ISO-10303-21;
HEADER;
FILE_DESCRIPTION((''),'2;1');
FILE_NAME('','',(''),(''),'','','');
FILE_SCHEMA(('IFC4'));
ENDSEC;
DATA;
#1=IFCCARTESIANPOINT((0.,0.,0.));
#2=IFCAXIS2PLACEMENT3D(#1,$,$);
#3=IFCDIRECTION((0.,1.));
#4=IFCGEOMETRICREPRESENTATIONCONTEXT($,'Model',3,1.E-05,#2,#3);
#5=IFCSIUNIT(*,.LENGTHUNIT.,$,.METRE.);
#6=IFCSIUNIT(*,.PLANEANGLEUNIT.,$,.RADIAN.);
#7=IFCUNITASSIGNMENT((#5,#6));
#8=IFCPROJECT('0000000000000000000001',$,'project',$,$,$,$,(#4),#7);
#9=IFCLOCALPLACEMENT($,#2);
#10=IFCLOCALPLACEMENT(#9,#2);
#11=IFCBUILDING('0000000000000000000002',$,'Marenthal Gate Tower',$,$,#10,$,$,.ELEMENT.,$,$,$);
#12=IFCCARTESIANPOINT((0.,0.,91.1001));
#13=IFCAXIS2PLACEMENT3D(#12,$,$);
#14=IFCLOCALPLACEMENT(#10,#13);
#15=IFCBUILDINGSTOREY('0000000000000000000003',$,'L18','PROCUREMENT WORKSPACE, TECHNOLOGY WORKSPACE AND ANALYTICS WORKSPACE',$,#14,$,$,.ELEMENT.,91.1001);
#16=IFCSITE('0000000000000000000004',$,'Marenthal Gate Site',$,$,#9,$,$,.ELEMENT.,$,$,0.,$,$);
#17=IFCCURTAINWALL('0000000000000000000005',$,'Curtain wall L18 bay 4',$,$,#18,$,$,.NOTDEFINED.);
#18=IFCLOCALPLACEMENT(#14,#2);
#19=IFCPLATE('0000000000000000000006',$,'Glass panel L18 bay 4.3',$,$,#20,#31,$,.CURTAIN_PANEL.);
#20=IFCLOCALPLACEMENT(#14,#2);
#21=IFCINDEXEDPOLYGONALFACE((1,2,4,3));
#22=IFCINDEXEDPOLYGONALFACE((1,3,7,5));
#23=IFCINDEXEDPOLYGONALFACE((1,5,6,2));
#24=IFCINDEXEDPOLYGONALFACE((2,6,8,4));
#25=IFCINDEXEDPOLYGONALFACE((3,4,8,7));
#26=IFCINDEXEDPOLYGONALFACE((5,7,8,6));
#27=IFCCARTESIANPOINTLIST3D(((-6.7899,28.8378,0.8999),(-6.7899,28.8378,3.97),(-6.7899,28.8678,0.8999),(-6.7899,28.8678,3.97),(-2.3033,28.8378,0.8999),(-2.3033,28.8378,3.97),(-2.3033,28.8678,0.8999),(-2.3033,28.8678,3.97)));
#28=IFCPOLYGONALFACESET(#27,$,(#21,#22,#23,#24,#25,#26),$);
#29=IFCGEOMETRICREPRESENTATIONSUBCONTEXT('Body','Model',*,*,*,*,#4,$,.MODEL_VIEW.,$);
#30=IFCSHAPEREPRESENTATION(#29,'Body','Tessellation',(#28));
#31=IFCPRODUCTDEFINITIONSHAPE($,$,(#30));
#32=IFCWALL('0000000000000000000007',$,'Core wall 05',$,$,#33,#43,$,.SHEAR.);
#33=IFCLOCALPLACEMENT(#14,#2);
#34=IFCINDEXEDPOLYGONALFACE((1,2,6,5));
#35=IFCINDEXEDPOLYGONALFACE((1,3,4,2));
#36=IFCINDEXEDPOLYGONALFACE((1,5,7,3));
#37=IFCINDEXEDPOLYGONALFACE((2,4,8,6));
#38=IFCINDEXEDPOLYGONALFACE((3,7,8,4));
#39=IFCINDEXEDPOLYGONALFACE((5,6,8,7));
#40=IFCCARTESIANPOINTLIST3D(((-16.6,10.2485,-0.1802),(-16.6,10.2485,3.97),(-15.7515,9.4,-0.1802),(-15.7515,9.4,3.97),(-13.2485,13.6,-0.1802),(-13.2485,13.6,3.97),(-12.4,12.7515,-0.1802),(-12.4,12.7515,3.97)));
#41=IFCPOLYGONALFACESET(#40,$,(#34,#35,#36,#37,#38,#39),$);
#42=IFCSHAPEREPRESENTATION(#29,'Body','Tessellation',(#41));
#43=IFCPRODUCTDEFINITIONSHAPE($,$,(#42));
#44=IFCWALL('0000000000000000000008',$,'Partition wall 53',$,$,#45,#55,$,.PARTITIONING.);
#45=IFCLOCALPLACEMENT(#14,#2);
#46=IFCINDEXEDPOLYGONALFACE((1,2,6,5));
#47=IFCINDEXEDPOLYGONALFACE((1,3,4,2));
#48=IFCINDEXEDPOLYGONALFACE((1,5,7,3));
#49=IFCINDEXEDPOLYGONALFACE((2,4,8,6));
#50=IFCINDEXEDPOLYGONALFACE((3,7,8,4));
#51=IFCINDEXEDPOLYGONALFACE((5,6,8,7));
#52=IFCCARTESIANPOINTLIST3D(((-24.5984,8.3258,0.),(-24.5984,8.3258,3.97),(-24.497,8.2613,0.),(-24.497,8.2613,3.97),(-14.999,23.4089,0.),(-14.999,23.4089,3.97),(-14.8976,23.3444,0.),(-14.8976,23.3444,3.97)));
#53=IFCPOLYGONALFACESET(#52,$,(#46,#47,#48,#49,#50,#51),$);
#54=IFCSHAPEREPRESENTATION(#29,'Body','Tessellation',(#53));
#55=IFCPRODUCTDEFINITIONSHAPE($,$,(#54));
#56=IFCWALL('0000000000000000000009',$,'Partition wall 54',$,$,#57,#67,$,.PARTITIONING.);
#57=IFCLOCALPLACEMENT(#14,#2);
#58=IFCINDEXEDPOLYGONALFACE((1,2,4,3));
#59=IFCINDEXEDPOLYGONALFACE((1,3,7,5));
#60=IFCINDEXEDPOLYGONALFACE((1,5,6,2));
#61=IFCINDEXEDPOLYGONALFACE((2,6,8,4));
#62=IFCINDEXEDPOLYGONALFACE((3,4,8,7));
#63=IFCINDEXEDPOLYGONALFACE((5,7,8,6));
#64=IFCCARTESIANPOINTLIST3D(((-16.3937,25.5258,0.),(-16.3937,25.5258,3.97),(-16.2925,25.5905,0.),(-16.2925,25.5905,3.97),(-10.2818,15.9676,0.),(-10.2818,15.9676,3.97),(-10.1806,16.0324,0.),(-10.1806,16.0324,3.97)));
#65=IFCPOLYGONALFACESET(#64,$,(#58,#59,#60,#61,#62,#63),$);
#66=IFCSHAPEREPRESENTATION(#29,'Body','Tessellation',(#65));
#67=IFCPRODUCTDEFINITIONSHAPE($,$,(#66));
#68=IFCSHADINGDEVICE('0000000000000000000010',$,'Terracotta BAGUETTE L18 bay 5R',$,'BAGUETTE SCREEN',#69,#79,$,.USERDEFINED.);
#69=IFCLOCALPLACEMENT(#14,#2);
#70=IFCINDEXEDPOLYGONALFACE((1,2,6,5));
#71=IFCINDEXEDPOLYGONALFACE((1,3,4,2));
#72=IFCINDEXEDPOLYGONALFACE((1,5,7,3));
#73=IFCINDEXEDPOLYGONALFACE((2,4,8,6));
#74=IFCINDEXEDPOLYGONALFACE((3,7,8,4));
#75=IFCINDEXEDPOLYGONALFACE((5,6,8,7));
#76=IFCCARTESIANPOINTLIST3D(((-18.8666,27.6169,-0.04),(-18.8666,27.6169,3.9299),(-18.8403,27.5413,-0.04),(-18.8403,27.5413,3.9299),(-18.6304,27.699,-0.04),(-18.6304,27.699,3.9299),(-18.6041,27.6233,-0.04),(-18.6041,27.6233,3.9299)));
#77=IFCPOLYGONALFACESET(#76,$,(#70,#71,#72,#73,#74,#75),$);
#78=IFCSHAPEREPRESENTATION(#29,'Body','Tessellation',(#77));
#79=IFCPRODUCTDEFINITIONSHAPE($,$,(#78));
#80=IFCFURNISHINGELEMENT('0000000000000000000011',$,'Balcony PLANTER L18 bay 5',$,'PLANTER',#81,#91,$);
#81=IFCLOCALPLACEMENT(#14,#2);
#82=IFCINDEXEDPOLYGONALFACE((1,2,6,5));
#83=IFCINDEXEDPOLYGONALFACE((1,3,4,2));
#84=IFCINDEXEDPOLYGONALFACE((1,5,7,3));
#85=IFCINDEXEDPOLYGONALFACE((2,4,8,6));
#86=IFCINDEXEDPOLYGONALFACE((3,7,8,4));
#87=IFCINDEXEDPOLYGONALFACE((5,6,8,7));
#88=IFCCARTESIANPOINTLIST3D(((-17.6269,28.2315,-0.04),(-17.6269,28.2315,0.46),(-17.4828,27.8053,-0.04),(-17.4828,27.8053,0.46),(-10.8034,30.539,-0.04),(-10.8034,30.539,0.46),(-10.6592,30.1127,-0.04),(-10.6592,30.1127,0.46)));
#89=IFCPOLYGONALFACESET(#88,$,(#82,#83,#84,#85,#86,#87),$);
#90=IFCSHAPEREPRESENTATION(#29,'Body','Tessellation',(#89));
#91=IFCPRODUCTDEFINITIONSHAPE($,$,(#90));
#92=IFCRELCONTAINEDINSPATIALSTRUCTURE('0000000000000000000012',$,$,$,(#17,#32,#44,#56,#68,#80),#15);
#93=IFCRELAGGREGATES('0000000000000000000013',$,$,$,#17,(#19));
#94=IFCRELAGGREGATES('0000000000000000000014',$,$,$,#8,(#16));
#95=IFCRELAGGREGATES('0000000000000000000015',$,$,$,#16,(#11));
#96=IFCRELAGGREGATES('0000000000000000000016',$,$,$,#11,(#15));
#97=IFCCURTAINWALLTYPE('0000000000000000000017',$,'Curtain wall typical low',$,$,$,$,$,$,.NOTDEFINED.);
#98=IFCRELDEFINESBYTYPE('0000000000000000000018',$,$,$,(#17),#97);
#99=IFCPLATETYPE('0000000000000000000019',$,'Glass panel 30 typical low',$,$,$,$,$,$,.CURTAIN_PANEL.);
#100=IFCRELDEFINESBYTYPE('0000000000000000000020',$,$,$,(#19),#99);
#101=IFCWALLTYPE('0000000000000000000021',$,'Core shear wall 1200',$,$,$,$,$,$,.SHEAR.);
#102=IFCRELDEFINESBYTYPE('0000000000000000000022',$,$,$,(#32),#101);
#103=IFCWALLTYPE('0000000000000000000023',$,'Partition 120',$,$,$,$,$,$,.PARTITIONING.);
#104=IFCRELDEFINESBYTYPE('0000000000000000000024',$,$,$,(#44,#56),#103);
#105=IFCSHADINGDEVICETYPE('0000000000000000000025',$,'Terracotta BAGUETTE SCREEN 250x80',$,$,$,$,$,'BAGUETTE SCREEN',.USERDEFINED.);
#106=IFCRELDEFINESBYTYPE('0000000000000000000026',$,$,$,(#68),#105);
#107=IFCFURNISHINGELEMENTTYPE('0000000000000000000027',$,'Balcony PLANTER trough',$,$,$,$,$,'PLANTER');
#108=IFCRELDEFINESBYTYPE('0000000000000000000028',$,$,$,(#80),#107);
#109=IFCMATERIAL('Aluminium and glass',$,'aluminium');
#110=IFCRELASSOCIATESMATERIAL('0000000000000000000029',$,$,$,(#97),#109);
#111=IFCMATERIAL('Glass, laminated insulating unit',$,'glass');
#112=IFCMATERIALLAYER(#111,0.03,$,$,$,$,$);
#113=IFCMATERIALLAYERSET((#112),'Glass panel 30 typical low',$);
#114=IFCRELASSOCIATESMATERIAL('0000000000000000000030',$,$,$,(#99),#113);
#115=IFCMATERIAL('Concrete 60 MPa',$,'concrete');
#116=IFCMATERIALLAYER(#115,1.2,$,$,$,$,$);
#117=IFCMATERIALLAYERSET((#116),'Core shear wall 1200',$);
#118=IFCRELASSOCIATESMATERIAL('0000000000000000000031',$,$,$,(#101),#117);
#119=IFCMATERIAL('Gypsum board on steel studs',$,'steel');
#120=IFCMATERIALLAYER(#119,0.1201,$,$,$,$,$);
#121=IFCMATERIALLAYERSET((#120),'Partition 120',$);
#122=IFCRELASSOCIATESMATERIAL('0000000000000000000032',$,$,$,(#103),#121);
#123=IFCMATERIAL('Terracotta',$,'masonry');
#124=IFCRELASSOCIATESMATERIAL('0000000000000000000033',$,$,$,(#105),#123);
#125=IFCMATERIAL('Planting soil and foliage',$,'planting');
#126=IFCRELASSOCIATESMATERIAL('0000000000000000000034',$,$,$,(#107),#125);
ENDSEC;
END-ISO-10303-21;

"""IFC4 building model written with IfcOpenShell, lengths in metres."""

from ifc_helpers import new_model, si_unit, direction, frame, frame_2d, origin, origin_2d, place, context, subcontext, project, spatial, rectangle, extrude, material, layer, layer_set, material_profile, profile_set, type_object, element, aggregate, save


model = new_model("IFC4")

# Units and contexts
model_context = context("Model", 3, precision=1e-05, world=origin(), true_north=direction((0.0, 1.0)))
body_context = subcontext(model_context, "Body", "Model", "MODEL_VIEW")
ifc_project = project(units=[si_unit("LENGTHUNIT", "METRE"), si_unit("PLANEANGLEUNIT", "RADIAN")], contexts=[model_context])

# Site, building, storey
site_placement = place(None, origin())
site = spatial("IfcSite", under=ifc_project, at=site_placement, Name="Marenthal Gate Site", CompositionType="ELEMENT", RefElevation=0.0)
building_placement = place(site_placement, origin())
building = spatial("IfcBuilding", under=site, at=building_placement, Name="Marenthal Gate Tower", CompositionType="ELEMENT")
storey_placement = place(building_placement, frame((0.0, 0.0, 91.1001)))
storey = spatial("IfcBuildingStorey", under=building, at=storey_placement, Name="L18", Description="PROCUREMENT WORKSPACE, TECHNOLOGY WORKSPACE AND ANALYTICS WORKSPACE", CompositionType="ELEMENT", Elevation=91.1001)

# Curtain wall
ifc_material_1 = material(Name="Aluminium and glass", Category="aluminium")
curtain_wall_type = type_object("IfcCurtainWallType", Name="Curtain wall typical low", PredefinedType="NOTDEFINED", material=ifc_material_1)
curtain_wall_placement = place(storey_placement, origin())
curtain_wall = element("IfcCurtainWall", 1, at=curtain_wall_placement, inside=storey, type_object=curtain_wall_type, Name="Curtain wall L18 bay 4", PredefinedType="NOTDEFINED")

# Plate
ifc_material_2 = material(Name="Glass, laminated insulating unit", Category="glass")
ifc_layer_1 = layer(ifc_material_2, 0.03)
ifc_layer_set_1 = layer_set([ifc_layer_1], Name="Glass panel 30 typical low")
plate_type = type_object("IfcPlateType", Name="Glass panel 30 typical low", PredefinedType="CURTAIN_PANEL", material=ifc_layer_set_1)
plate_placement = place(storey_placement, frame((-4.5466, 28.8528, 0.8999), z_axis=(0.0, 0.0, 1.0), x_axis=(-1.0, 0.0, 0.0)))
plate = element("IfcPlate", 2, at=plate_placement, type_object=plate_type, Name="Glass panel L18 bay 4.3", PredefinedType="CURTAIN_PANEL", context=body_context, shape_type="SweptSolid", body=[
    extrude(rectangle(XDim=4.4866, YDim=0.03, at=origin_2d()), origin(), (0.0, 0.0, 1.0), 3.0701),
])
aggregate(curtain_wall, [plate])

# Walls
ifc_material_3 = material(Name="Concrete 60 MPa", Category="concrete")
ifc_layer_2 = layer(ifc_material_3, 1.2)
ifc_layer_set_2 = layer_set([ifc_layer_2], Name="Core shear wall 1200")
wall_type_1 = type_object("IfcWallType", Name="Core shear wall 1200", PredefinedType="SHEAR", material=ifc_layer_set_2)
wall_1_placement = place(storey_placement, frame((-12.8242, 13.1758, -0.1802), z_axis=(0.0, 0.0, 1.0), x_axis=(-0.707107, -0.707107, 0.0)))
element("IfcWall", 3, at=wall_1_placement, inside=storey, type_object=wall_type_1, Name="Core wall 05", PredefinedType="SHEAR", context=body_context, shape_type="SweptSolid", body=[
    extrude(rectangle(XDim=4.7397, YDim=1.2, at=frame_2d((2.3699, 0.0))), origin(), (0.0, 0.0, 1.0), 4.1501),
])
ifc_material_4 = material(Name="Gypsum board on steel studs", Category="steel")
ifc_layer_3 = layer(ifc_material_4, 0.1201)
ifc_layer_set_3 = layer_set([ifc_layer_3], Name="Partition 120")
wall_type_2 = type_object("IfcWallType", Name="Partition 120", PredefinedType="PARTITIONING", material=ifc_layer_set_3)
wall_2_placement = place(storey_placement, frame((-14.9482, 23.3767, 0.0), z_axis=(0.0, 0.0, 1.0), x_axis=(-0.536919, -0.843634, 0.0)))
element("IfcWall", 4, at=wall_2_placement, inside=storey, type_object=wall_type_2, Name="Partition wall 53", PredefinedType="PARTITIONING", context=body_context, shape_type="SweptSolid", body=[
    extrude(rectangle(XDim=17.8787, YDim=0.1201, at=frame_2d((8.9395, 0.0))), origin(), (0.0, 0.0, 1.0), 3.97),
])
wall_3_placement = place(storey_placement, frame((-10.2312, 16.0, 0.0), z_axis=(0.0, 0.0, 1.0), x_axis=(-0.538718, 0.842486, 0.0)))
element("IfcWall", 5, at=wall_3_placement, inside=storey, type_object=wall_type_2, Name="Partition wall 54", PredefinedType="PARTITIONING", context=body_context, shape_type="SweptSolid", body=[
    extrude(rectangle(XDim=11.3452, YDim=0.1201, at=frame_2d((5.6726, 0.0))), origin(), (0.0, 0.0, 1.0), 3.97),
])

# Shading device
ifc_material_5 = material(Name="Terracotta", Category="masonry")
ifc_material_profile_1 = material_profile(ifc_material_5, rectangle(XDim=0.25, YDim=0.0801, at=origin_2d()), Name="Terracotta baguette 250x80")
ifc_profile_set_1 = profile_set([ifc_material_profile_1], Name="Terracotta")
shading_device_type = type_object("IfcShadingDeviceType", Name="Terracotta BAGUETTE SCREEN 250x80", ElementType="BAGUETTE SCREEN", PredefinedType="USERDEFINED", material=ifc_profile_set_1)
shading_device_placement = place(storey_placement, frame((-18.7354, 27.6201, -0.04), z_axis=(0.0, 0.0, 1.0), x_axis=(-0.944634, -0.328125, 0.0)))
element("IfcShadingDevice", 6, at=shading_device_placement, inside=storey, type_object=shading_device_type, Name="Terracotta BAGUETTE L18 bay 5R", ObjectType="BAGUETTE SCREEN", PredefinedType="USERDEFINED", context=body_context, shape_type="SweptSolid", body=[
    extrude(rectangle(XDim=0.25, YDim=0.0801, at=origin_2d()), origin(), (0.0, 0.0, 1.0), 3.97),
])

# Furnishing element
ifc_material_6 = material(Name="Planting soil and foliage", Category="planting")
furnishing_element_type = type_object("IfcFurnishingElementType", Name="Balcony PLANTER trough", ElementType="PLANTER", material=ifc_material_6)
furnishing_placement = place(storey_placement, frame((-14.1431, 29.1721, -0.04), z_axis=(0.0, 0.0, 1.0), x_axis=(-0.947302, -0.320343, 0.0)))
element("IfcFurnishingElement", 7, at=furnishing_placement, inside=storey, type_object=furnishing_element_type, Name="Balcony PLANTER L18 bay 5", ObjectType="PLANTER", context=body_context, shape_type="SweptSolid", body=[
    extrude(rectangle(XDim=7.2031, YDim=0.45, at=origin_2d()), origin(), (0.0, 0.0, 1.0), 0.5),
])

save(model, "model.ifc")
